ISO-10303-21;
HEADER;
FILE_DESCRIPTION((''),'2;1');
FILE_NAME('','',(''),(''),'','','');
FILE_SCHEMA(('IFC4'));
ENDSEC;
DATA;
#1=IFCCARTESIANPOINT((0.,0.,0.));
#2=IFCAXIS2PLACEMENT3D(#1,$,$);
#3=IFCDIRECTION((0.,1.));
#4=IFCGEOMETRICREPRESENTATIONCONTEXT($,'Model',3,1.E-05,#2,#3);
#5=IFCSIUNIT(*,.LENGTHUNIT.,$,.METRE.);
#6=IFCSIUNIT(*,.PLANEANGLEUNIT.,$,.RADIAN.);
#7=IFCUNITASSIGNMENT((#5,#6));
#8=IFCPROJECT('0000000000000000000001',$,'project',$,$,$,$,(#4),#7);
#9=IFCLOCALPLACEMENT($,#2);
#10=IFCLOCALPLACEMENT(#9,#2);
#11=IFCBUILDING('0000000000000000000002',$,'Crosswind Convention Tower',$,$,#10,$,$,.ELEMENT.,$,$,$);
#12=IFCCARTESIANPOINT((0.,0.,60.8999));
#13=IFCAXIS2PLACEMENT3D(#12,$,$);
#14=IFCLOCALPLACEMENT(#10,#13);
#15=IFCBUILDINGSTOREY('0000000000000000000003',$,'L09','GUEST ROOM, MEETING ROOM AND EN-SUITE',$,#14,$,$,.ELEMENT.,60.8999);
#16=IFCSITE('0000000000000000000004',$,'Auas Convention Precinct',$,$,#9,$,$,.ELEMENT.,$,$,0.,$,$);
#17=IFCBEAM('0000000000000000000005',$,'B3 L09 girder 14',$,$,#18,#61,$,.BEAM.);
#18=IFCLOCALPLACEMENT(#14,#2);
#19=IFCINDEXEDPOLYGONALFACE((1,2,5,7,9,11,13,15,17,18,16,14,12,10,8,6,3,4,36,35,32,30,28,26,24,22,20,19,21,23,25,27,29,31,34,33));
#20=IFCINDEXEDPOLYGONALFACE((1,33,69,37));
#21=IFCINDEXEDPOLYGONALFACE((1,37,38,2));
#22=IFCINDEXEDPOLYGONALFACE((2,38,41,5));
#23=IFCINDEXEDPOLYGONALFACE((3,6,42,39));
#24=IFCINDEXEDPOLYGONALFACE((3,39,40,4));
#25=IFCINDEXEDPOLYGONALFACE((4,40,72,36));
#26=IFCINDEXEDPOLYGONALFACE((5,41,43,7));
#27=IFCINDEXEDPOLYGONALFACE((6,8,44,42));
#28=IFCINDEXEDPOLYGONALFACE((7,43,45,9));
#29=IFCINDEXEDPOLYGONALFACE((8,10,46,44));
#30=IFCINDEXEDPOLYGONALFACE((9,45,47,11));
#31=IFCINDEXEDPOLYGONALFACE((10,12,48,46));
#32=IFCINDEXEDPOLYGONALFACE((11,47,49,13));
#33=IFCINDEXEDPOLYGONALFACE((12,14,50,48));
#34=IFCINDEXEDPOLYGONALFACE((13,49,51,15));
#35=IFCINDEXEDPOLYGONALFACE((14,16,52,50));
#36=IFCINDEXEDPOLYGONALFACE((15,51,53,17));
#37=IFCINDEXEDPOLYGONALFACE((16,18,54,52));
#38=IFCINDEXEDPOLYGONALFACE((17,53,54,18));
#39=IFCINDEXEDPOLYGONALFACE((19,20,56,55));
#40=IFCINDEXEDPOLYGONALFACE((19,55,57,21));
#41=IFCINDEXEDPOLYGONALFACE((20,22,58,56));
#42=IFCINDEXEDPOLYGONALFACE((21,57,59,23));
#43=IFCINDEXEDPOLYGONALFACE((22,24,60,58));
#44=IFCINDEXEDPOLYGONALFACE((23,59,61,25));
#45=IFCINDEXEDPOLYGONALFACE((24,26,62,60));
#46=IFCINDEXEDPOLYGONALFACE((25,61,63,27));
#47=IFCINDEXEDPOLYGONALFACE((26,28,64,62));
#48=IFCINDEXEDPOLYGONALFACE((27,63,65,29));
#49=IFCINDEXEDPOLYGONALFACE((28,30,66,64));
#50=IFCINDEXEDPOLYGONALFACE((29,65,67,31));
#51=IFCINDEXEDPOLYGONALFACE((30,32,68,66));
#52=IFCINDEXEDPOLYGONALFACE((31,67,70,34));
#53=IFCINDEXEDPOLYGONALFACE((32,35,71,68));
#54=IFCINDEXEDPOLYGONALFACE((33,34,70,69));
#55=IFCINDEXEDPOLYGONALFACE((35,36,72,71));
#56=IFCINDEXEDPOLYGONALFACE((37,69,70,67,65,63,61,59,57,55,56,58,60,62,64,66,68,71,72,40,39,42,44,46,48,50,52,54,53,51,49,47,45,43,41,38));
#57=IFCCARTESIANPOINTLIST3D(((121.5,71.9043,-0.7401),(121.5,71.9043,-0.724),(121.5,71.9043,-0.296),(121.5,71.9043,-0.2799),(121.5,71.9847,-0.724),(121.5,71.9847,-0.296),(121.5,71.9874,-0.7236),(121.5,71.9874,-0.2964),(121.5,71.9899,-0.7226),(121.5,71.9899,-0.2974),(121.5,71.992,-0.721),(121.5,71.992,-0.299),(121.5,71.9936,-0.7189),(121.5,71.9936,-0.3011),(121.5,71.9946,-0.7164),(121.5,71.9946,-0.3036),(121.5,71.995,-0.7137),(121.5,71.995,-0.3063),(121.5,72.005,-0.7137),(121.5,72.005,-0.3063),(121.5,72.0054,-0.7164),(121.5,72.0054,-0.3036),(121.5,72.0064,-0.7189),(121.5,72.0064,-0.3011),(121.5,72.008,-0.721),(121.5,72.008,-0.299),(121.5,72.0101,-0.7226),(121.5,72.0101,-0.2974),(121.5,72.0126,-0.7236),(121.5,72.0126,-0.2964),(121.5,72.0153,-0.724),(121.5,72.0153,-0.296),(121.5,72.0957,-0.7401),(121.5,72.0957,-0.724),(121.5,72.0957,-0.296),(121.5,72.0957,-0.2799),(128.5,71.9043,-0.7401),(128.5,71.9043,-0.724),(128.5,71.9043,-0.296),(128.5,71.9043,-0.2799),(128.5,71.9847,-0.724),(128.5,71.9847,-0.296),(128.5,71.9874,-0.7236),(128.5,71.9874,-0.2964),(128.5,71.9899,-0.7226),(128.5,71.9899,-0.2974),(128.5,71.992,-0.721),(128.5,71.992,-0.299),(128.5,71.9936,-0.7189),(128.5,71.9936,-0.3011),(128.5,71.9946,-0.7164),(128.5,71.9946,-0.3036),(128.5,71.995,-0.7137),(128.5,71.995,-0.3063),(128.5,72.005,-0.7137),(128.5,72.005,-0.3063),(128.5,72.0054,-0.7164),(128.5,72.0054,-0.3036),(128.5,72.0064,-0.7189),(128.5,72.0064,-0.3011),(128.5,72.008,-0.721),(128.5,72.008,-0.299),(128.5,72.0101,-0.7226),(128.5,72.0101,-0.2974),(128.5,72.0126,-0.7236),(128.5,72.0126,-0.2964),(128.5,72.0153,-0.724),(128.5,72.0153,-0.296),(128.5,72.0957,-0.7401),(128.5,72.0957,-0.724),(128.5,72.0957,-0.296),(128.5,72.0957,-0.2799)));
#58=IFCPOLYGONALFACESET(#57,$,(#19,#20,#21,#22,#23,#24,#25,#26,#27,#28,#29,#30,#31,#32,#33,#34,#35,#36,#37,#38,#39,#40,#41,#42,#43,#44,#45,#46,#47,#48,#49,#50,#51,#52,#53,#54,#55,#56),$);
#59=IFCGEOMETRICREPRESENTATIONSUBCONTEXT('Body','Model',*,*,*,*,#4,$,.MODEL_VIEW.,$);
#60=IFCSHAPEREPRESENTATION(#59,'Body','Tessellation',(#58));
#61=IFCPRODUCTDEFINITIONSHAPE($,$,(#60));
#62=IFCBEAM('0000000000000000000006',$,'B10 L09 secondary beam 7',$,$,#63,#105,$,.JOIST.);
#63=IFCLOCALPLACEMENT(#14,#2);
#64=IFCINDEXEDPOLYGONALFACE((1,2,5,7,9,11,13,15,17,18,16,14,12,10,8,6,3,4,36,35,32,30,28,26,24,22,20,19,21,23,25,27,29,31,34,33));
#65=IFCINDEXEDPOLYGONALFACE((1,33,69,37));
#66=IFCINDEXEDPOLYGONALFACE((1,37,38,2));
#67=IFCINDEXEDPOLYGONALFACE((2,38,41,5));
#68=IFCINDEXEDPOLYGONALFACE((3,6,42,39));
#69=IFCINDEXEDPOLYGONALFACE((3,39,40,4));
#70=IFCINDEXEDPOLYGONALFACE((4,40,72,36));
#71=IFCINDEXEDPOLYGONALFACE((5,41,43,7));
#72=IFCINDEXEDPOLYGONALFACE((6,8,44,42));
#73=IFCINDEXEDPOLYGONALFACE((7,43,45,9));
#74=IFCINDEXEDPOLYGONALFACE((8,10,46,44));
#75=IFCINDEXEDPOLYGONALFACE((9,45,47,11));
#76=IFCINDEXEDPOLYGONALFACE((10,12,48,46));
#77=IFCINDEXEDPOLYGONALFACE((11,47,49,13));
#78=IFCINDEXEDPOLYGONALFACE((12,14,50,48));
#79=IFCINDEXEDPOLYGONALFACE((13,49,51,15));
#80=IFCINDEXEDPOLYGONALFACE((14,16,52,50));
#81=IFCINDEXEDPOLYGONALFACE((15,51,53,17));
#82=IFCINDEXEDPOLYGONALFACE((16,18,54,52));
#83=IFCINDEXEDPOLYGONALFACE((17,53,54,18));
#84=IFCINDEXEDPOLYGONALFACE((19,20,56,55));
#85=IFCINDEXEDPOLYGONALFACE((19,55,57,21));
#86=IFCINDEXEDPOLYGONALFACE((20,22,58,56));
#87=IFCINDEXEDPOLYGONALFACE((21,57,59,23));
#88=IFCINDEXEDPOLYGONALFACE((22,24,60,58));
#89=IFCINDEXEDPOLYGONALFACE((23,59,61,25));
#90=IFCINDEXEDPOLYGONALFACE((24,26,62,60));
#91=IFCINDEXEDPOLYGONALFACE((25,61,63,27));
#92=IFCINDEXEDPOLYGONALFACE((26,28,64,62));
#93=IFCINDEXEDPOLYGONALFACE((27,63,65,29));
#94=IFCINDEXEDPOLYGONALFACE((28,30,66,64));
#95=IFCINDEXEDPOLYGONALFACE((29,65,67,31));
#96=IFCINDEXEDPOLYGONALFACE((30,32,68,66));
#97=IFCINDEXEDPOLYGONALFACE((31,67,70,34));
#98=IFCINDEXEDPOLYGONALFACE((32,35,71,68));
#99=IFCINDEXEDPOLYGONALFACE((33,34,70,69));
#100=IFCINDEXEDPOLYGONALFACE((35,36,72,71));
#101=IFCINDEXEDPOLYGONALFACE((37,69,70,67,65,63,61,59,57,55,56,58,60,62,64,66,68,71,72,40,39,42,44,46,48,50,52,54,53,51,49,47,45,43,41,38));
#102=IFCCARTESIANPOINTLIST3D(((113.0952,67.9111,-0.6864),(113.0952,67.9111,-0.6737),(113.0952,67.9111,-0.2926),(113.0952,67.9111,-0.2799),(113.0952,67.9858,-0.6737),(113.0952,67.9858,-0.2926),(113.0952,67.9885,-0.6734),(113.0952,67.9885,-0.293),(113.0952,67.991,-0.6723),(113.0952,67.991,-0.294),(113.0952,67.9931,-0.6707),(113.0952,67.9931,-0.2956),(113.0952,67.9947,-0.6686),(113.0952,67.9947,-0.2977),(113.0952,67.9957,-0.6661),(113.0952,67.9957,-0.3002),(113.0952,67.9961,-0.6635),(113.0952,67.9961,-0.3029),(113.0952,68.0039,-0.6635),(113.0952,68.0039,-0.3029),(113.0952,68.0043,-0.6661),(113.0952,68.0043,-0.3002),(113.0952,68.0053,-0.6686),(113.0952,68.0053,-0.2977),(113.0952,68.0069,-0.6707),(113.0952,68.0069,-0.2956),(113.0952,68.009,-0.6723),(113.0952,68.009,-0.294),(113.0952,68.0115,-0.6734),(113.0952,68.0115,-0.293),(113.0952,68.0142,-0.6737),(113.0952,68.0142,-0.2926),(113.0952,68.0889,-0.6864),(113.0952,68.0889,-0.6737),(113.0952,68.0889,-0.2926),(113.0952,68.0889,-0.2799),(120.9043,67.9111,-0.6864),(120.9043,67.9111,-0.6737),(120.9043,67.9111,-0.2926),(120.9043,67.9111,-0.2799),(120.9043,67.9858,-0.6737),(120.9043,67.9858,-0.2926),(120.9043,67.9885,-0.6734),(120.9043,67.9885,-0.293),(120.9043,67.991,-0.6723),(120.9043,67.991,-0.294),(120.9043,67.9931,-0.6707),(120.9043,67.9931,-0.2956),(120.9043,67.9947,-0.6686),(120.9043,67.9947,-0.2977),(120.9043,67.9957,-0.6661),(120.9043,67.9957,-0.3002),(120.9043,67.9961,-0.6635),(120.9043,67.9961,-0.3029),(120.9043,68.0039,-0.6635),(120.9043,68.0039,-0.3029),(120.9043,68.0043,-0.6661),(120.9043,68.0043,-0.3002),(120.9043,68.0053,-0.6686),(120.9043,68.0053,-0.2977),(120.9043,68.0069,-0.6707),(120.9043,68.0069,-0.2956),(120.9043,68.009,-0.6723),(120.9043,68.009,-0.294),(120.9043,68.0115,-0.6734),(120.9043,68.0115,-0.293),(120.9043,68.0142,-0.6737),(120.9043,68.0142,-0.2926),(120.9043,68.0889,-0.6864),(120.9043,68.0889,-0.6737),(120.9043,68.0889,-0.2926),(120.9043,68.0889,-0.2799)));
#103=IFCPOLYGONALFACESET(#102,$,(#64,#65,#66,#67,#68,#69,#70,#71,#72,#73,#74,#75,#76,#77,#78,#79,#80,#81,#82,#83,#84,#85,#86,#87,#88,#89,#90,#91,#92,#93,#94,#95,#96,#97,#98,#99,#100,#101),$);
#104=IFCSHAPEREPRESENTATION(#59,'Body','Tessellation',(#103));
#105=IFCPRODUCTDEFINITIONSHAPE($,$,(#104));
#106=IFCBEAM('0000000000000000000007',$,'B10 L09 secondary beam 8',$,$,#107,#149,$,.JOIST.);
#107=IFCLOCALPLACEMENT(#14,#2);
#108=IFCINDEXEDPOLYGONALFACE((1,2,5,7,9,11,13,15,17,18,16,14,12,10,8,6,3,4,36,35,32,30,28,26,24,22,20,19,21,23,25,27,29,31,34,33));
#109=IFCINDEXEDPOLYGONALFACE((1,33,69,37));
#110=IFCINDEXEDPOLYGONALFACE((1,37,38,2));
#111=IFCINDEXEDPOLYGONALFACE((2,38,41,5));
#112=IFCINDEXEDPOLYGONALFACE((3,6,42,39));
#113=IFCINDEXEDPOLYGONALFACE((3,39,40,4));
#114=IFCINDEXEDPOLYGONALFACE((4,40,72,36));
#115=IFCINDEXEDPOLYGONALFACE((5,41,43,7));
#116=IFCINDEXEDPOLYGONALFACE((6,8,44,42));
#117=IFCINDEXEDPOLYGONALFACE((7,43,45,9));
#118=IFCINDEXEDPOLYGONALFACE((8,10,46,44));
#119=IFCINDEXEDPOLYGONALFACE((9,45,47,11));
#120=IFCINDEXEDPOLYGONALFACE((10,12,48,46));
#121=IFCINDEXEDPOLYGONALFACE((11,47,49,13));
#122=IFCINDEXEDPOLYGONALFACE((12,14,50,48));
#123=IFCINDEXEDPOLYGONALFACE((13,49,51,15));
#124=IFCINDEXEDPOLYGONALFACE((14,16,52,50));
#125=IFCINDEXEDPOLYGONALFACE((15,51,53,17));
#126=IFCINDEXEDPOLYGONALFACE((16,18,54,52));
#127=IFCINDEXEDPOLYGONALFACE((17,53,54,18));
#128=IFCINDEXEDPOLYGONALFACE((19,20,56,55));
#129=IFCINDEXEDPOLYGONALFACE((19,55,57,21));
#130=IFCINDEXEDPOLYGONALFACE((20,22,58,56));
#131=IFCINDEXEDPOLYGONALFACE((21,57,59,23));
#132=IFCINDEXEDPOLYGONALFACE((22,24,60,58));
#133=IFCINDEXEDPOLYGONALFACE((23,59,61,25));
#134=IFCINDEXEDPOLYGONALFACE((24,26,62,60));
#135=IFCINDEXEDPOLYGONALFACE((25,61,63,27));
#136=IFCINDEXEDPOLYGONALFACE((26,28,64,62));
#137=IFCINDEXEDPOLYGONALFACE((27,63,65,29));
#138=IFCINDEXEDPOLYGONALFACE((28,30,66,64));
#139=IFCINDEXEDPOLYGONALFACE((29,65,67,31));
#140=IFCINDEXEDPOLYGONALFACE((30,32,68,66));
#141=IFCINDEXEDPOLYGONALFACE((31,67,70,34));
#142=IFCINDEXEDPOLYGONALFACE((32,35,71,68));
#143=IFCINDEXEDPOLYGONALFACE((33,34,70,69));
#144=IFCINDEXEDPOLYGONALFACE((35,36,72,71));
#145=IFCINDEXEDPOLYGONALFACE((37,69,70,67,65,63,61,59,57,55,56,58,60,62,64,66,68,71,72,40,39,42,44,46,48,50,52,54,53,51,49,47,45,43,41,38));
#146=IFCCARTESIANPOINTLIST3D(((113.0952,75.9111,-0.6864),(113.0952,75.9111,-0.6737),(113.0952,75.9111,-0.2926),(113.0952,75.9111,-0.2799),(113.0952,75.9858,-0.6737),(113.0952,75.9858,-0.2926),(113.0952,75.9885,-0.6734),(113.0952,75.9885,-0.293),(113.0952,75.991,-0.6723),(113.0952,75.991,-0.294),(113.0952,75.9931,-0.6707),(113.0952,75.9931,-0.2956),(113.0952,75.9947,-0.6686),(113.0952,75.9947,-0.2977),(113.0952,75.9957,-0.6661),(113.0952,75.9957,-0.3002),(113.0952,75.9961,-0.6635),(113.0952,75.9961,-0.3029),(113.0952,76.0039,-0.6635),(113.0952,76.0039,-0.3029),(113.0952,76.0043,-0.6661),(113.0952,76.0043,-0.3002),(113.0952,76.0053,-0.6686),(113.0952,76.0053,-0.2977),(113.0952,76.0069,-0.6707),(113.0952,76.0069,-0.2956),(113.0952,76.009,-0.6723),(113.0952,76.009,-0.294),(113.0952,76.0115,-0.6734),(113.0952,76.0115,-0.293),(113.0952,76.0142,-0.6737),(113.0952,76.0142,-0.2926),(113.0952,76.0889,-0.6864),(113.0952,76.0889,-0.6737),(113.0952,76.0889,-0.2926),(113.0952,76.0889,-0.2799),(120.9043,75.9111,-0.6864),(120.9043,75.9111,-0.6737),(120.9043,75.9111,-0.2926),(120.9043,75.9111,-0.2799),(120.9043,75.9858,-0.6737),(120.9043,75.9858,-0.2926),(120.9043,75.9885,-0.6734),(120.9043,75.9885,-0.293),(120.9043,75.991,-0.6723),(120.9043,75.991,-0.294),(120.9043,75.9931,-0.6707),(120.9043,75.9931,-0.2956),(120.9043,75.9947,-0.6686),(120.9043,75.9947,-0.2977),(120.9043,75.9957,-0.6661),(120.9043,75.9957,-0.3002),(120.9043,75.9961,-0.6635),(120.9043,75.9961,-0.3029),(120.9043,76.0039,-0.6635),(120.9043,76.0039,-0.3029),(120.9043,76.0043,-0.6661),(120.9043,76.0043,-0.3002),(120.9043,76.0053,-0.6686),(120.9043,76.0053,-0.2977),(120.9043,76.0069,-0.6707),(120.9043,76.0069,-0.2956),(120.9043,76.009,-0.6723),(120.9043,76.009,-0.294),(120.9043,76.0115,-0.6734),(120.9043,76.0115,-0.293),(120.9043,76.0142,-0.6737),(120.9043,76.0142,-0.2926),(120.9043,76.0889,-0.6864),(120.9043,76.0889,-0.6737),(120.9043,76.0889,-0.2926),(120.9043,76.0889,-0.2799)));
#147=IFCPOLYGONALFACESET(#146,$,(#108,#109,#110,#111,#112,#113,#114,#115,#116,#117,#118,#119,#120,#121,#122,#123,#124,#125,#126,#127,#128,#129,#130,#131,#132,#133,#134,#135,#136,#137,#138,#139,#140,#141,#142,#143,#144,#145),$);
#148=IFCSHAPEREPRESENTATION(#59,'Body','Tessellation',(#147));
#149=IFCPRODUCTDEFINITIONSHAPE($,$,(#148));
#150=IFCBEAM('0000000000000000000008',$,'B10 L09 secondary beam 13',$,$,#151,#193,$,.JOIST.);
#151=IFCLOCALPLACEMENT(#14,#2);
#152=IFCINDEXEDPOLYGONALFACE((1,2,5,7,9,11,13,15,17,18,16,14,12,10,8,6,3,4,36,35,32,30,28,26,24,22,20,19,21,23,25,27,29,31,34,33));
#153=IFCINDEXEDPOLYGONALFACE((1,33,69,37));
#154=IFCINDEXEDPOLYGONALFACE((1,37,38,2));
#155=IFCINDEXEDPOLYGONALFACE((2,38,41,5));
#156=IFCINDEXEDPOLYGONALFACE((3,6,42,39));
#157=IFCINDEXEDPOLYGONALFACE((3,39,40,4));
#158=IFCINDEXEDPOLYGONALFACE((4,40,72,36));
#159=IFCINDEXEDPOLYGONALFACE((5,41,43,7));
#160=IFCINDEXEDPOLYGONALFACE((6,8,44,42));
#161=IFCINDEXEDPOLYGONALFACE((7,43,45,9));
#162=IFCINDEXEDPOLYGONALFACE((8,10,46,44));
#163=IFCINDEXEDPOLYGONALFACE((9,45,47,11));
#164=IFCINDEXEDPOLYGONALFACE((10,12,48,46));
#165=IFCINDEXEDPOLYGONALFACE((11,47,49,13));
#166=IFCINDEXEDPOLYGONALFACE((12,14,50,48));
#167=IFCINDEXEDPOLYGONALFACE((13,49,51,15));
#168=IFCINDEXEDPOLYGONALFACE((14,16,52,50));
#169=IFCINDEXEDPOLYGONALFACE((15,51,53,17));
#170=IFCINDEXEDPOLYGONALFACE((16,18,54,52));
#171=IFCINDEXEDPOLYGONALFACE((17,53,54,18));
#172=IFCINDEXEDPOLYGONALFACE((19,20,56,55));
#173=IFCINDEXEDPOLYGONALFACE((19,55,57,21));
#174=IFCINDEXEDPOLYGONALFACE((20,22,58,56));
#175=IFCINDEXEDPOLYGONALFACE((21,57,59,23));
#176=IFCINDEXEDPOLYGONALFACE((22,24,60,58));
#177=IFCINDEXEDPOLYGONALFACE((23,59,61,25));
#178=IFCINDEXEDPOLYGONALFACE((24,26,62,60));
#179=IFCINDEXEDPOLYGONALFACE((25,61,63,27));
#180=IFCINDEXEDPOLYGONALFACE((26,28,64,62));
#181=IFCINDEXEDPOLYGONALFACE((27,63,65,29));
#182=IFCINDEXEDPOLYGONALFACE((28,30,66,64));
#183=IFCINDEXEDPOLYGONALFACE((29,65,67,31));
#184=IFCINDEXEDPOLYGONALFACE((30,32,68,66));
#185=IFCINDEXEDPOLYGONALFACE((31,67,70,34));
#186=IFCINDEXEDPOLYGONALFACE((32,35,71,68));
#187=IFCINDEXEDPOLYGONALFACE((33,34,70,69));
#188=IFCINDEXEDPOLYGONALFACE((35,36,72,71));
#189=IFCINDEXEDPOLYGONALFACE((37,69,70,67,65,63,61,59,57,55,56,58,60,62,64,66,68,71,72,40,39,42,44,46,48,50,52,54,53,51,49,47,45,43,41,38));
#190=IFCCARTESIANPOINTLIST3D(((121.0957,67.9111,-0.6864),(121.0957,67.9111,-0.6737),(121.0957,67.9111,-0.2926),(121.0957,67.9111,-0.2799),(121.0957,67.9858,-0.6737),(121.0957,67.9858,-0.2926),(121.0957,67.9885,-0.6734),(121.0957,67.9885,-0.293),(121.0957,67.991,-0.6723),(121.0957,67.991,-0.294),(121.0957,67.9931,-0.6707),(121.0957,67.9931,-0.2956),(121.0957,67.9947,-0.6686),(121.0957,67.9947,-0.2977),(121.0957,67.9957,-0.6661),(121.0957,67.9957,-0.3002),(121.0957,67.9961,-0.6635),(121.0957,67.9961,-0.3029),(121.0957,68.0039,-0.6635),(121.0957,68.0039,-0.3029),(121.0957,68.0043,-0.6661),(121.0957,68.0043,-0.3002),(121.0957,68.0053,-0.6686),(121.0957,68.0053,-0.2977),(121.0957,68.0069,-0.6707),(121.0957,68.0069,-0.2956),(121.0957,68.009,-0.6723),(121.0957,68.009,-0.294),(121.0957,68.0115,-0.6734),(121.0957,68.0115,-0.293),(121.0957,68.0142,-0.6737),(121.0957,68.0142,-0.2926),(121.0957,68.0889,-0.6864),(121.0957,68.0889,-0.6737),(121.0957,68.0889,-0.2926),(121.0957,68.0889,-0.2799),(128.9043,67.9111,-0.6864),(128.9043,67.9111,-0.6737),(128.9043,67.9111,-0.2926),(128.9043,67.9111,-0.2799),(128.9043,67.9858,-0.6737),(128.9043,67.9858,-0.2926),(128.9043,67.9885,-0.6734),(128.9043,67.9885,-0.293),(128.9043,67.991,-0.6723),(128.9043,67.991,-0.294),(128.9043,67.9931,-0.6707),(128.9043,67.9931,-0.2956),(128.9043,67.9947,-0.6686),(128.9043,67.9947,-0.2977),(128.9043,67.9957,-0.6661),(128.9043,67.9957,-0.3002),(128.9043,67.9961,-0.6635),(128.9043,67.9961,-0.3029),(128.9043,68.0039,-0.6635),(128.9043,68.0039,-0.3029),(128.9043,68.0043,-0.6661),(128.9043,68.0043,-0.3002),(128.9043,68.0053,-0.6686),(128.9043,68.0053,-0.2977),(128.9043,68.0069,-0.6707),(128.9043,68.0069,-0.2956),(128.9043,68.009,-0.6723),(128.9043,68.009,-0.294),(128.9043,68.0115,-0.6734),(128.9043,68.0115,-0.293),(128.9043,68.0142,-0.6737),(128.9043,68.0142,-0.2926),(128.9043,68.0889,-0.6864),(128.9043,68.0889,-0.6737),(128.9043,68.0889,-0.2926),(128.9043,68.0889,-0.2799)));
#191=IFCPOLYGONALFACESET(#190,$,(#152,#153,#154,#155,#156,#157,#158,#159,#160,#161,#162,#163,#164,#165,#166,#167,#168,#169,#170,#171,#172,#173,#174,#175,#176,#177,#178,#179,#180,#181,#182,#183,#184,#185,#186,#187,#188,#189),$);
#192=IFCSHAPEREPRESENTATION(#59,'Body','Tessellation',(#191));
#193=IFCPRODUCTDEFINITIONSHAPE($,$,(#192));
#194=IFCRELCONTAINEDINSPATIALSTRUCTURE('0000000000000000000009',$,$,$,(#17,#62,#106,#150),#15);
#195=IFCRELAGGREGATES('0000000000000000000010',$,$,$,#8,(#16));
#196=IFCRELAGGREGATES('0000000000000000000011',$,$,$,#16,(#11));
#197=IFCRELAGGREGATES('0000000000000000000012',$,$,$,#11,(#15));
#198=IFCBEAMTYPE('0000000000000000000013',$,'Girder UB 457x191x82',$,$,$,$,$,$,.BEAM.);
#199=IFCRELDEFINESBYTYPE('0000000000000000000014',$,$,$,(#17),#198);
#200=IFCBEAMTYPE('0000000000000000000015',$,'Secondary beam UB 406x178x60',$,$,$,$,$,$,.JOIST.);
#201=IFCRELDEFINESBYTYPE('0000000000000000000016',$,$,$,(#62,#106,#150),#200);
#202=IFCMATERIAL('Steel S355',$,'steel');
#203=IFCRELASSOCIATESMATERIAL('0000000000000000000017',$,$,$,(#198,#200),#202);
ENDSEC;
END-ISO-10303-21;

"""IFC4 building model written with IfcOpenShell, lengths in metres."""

from ifc_helpers import new_model, si_unit, direction, frame, origin, origin_2d, place, context, subcontext, project, spatial, i_section, extrude, material, material_profile, profile_set, type_object, element, save


model = new_model("IFC4")

# Units and contexts
model_context = context("Model", 3, precision=1e-05, world=origin(), true_north=direction((0.0, 1.0)))
body_context = subcontext(model_context, "Body", "Model", "MODEL_VIEW")
ifc_project = project(units=[si_unit("LENGTHUNIT", "METRE"), si_unit("PLANEANGLEUNIT", "RADIAN")], contexts=[model_context])

# Site, building, storey
site_placement = place(None, origin())
site = spatial("IfcSite", under=ifc_project, at=site_placement, Name="Auas Convention Precinct", CompositionType="ELEMENT", RefElevation=0.0)
building_placement = place(site_placement, origin())
building = spatial("IfcBuilding", under=site, at=building_placement, Name="Crosswind Convention Tower", CompositionType="ELEMENT")
storey_placement = place(building_placement, frame((0.0, 0.0, 60.8999)))
storey = spatial("IfcBuildingStorey", under=building, at=storey_placement, Name="L09", Description="GUEST ROOM, MEETING ROOM AND EN-SUITE", CompositionType="ELEMENT", Elevation=60.8999)

# Beams
ifc_material_1 = material(Name="Steel S355", Category="steel")
ifc_material_profile_1 = material_profile(ifc_material_1, i_section(OverallWidth=0.1914, OverallDepth=0.4602, WebThickness=0.01, FlangeThickness=0.0161, FilletRadius=0.0103, at=origin_2d()), Name="UB 457x191x82")
ifc_profile_set_1 = profile_set([ifc_material_profile_1], Name="Steel S355")
beam_type_1 = type_object("IfcBeamType", Name="Girder UB 457x191x82", PredefinedType="BEAM", material=ifc_profile_set_1)
beam_1_placement = place(storey_placement, frame((121.5, 72.0, -0.51), z_axis=(1.0, 0.0, 0.0), x_axis=(0.0, 1.0, 0.0)))
element("IfcBeam", 1, at=beam_1_placement, inside=storey, type_object=beam_type_1, Name="B3 L09 girder 14", PredefinedType="BEAM", context=body_context, shape_type="SweptSolid", body=[
    extrude(i_section(OverallWidth=0.1914, OverallDepth=0.4602, WebThickness=0.01, FlangeThickness=0.0161, FilletRadius=0.0103, at=origin_2d()), origin(), (0.0, 0.0, 1.0), 7.0),
])
ifc_material_profile_2 = material_profile(ifc_material_1, i_section(OverallWidth=0.1777, OverallDepth=0.4065, WebThickness=0.0078, FlangeThickness=0.0127, FilletRadius=0.0103, at=origin_2d()), Name="UB 406x178x60")
ifc_profile_set_2 = profile_set([ifc_material_profile_2], Name="Steel S355")
beam_type_2 = type_object("IfcBeamType", Name="Secondary beam UB 406x178x60", PredefinedType="JOIST", material=ifc_profile_set_2)
for number, where, z_axis, x_axis, name in (
    (2, (113.0952, 68.0, -0.4832), (1.0, 0.0, 0.0), (0.0, 1.0, 0.0), "B10 L09 secondary beam 7"),
    (3, (113.0952, 76.0, -0.4832), (1.0, 0.0, 0.0), (0.0, 1.0, 0.0), "B10 L09 secondary beam 8"),
):
    element("IfcBeam", number, at=place(storey_placement, frame(where, z_axis=z_axis, x_axis=x_axis)), inside=storey, type_object=beam_type_2, Name=name, PredefinedType="JOIST", context=body_context, shape_type="SweptSolid", body=[
        extrude(i_section(OverallWidth=0.1777, OverallDepth=0.4065, WebThickness=0.0078, FlangeThickness=0.0127, FilletRadius=0.0103, at=origin_2d()), origin(), (0.0, 0.0, 1.0), 7.8091),
    ])
beam_2_placement = place(storey_placement, frame((121.0957, 68.0, -0.4832), z_axis=(1.0, 0.0, 0.0), x_axis=(0.0, 1.0, 0.0)))
element("IfcBeam", 4, at=beam_2_placement, inside=storey, type_object=beam_type_2, Name="B10 L09 secondary beam 13", PredefinedType="JOIST", context=body_context, shape_type="SweptSolid", body=[
    extrude(i_section(OverallWidth=0.1777, OverallDepth=0.4065, WebThickness=0.0078, FlangeThickness=0.0127, FilletRadius=0.0103, at=origin_2d()), origin(), (0.0, 0.0, 1.0), 7.8086),
])

save(model, "model.ifc")
